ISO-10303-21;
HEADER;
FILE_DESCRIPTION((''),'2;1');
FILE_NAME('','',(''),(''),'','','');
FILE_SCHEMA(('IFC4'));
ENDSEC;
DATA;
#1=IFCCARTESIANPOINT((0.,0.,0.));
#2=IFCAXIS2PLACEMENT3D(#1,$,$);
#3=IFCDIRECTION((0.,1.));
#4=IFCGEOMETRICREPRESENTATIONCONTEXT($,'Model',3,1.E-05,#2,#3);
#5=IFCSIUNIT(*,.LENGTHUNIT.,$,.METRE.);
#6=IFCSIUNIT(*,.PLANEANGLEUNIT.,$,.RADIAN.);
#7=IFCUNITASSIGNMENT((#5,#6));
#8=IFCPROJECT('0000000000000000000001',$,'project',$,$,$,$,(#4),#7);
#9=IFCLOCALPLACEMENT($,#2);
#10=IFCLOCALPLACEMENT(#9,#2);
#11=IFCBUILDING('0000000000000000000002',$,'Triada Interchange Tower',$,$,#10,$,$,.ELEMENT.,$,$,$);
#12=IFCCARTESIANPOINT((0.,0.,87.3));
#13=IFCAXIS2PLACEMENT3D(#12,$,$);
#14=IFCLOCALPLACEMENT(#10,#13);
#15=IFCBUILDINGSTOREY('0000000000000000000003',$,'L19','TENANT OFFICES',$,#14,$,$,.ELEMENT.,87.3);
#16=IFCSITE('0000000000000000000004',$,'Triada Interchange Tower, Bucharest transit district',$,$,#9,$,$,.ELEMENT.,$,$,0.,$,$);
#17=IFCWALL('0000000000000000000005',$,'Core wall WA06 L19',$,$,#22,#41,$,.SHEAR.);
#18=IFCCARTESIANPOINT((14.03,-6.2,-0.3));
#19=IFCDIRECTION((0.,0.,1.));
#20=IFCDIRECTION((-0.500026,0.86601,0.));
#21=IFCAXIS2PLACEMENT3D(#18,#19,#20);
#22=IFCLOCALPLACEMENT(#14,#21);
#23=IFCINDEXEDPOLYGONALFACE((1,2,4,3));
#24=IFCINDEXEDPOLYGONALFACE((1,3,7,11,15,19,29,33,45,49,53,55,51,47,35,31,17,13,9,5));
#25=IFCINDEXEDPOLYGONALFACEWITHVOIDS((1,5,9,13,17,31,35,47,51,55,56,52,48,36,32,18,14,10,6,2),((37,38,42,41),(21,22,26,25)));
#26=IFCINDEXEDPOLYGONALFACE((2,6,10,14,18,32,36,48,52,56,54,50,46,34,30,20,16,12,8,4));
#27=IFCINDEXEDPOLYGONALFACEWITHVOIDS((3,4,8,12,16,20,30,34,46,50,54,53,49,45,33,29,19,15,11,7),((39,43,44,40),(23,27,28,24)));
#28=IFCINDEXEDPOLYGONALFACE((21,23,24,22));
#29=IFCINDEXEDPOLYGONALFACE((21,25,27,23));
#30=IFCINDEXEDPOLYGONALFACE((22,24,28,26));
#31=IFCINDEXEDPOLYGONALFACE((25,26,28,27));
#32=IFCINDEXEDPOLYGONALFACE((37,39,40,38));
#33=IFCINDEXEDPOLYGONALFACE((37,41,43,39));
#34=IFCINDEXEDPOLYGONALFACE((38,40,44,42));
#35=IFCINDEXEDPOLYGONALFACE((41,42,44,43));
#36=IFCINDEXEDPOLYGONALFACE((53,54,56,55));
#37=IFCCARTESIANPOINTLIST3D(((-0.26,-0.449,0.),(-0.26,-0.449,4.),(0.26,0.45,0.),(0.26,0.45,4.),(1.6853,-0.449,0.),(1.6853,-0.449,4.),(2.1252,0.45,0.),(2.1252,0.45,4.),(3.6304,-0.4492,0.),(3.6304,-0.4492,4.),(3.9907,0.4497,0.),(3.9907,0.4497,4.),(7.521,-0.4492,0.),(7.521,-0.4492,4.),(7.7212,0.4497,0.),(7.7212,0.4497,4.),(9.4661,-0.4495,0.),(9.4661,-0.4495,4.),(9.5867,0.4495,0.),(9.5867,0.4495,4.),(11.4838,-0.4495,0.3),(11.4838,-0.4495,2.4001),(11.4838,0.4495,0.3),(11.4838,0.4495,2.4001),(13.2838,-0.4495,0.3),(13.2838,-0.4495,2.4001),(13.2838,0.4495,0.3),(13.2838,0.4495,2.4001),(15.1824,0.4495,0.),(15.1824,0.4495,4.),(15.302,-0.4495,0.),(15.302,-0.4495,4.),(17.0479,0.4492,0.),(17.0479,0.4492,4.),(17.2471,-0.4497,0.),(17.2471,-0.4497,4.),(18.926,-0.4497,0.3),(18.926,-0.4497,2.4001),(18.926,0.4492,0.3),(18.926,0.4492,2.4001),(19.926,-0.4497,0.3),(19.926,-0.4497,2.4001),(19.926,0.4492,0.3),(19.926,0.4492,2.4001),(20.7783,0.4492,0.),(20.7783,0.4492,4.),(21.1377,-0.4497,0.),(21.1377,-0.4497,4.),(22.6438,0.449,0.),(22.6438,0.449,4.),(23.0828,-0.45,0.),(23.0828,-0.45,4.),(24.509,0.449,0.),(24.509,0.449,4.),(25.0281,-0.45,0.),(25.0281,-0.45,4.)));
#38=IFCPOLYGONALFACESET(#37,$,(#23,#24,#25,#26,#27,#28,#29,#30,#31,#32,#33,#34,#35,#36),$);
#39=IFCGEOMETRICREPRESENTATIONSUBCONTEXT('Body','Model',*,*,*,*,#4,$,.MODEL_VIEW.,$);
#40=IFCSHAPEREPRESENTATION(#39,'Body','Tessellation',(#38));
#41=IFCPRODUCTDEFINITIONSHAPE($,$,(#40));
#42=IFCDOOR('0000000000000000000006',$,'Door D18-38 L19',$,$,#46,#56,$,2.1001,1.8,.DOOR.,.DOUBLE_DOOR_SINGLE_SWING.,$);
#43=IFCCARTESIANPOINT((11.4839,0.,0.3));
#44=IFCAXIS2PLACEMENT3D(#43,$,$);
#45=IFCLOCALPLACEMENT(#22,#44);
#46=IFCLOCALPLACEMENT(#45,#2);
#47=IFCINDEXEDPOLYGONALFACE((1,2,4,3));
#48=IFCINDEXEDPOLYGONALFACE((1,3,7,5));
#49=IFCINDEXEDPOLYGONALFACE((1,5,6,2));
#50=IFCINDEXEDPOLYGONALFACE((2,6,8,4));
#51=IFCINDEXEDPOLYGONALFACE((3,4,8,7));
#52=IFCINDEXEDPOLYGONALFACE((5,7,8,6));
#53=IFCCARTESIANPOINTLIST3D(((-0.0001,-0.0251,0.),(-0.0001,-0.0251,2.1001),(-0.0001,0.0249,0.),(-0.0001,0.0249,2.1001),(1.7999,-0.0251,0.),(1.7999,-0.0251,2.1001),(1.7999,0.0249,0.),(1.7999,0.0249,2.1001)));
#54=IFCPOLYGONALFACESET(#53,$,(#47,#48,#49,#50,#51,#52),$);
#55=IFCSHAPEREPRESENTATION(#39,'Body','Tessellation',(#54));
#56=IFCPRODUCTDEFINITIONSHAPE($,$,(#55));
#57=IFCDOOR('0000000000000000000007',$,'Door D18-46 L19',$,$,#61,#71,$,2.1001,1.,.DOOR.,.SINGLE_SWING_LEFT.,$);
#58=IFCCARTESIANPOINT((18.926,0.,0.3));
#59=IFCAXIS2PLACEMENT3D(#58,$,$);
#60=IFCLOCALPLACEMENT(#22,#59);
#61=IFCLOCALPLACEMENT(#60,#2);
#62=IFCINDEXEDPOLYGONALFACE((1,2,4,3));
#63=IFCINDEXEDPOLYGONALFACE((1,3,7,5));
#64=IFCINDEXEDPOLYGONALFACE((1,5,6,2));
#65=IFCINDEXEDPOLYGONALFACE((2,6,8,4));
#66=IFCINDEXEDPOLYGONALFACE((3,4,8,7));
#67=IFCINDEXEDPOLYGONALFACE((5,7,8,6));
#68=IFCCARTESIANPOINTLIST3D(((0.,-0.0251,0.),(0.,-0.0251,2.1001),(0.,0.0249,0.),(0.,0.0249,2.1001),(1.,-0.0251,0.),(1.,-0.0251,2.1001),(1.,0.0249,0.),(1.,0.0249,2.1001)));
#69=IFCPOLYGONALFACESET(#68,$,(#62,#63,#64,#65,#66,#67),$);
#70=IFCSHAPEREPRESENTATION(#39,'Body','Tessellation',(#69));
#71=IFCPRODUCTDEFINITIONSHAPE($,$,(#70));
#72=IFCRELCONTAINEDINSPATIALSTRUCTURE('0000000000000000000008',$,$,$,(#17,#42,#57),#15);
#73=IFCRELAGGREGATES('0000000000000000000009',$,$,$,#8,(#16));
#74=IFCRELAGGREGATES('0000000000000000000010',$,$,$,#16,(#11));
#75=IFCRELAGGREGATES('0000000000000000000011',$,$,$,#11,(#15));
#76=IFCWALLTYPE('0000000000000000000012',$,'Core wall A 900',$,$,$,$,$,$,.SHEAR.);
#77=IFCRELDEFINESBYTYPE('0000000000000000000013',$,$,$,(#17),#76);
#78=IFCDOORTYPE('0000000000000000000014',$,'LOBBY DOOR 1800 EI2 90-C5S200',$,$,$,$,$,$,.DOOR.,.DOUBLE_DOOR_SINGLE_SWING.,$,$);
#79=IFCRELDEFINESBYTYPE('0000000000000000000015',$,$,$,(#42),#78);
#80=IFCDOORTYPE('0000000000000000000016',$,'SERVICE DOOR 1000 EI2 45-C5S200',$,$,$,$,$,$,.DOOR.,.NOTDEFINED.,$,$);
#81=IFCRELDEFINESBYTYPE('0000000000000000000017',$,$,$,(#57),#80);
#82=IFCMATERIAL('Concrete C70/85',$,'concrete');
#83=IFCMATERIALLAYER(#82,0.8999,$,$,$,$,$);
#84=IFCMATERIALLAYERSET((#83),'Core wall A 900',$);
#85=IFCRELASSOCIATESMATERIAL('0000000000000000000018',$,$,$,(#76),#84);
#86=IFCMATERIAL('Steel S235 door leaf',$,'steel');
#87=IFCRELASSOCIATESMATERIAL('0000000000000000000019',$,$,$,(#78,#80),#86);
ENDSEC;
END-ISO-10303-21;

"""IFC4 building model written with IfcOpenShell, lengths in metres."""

from ifc_helpers import new_model, si_unit, direction, frame, frame_2d, origin, place, context, subcontext, project, spatial, polyline, rectangle, outline, extrude, material, layer, layer_set, type_object, element, fill, save


model = new_model("IFC4")

# Units and contexts
model_context = context("Model", 3, precision=1e-05, world=origin(), true_north=direction((0.0, 1.0)))
body_context = subcontext(model_context, "Body", "Model", "MODEL_VIEW")
ifc_project = project(units=[si_unit("LENGTHUNIT", "METRE"), si_unit("PLANEANGLEUNIT", "RADIAN")], contexts=[model_context])

# Site, building, storey
site_placement = place(None, origin())
site = spatial("IfcSite", under=ifc_project, at=site_placement, Name="Triada Interchange Tower, Bucharest transit district", CompositionType="ELEMENT", RefElevation=0.0)
building_placement = place(site_placement, origin())
building = spatial("IfcBuilding", under=site, at=building_placement, Name="Triada Interchange Tower", CompositionType="ELEMENT")
storey_placement = place(building_placement, frame((0.0, 0.0, 87.3)))
storey = spatial("IfcBuildingStorey", under=building, at=storey_placement, Name="L19", Description="TENANT OFFICES", CompositionType="ELEMENT", Elevation=87.3)

# Shared definitions
ifc_material_1 = material(Name="Steel S235 door leaf", Category="steel")

# Wall, openings, doors
ifc_material_2 = material(Name="Concrete C70/85", Category="concrete")
ifc_layer_1 = layer(ifc_material_2, 0.8999)
ifc_layer_set_1 = layer_set([ifc_layer_1], Name="Core wall A 900")
wall_type_1 = type_object("IfcWallType", Name="Core wall A 900", PredefinedType="SHEAR", material=ifc_layer_set_1)
wall_1_placement = place(storey_placement, frame((14.03, -6.2, -0.3), z_axis=(0.0, 0.0, 1.0), x_axis=(-0.500026, 0.86601, 0.0)))
wall_1 = element("IfcWall", 1, at=wall_1_placement, inside=storey, type_object=wall_type_1, Name="Core wall WA06 L19", PredefinedType="SHEAR", context=body_context, shape_type="SweptSolid", body=[
    extrude(outline(polyline([(-0.26, -0.449), (1.6853, -0.449), (3.6304, -0.4492), (5.5757, -0.4492), (7.521, -0.4492), (9.4661, -0.4495), (11.4114, -0.4495), (13.3567, -0.4495), (15.302, -0.4495), (17.2471, -0.4497), (19.1924, -0.4497), (21.1377, -0.4497), (23.0828, -0.45), (25.0281, -0.45), (24.509, 0.449), (22.6438, 0.449), (20.7783, 0.4492), (18.9131, 0.4492), (17.0479, 0.4492), (15.1824, 0.4495), (13.3171, 0.4495), (11.4519, 0.4495), (9.5867, 0.4495), (7.7212, 0.4497), (5.856, 0.4497), (3.9907, 0.4497), (2.1252, 0.45), (0.26, 0.45), (-0.26, -0.449)])), origin(), (0.0, 0.0, 1.0), 4.0),
])
opening_1_placement = place(wall_1_placement, frame((11.4839, 0.0, 0.3)))
opening_1 = element("IfcOpeningElement", 2, at=opening_1_placement, cuts=wall_1, PredefinedType="OPENING", context=body_context, shape_type="SweptSolid", body=[
    extrude(rectangle(XDim=1.8, YDim=2.1001, at=frame_2d((0.8999, 1.05))), frame((0.0, 0.46, 0.0), z_axis=(0.0, -1.0, 0.0), x_axis=(1.0, 0.0, 0.0)), (0.0, 0.0, 1.0), 0.9199),
])
opening_2_placement = place(wall_1_placement, frame((18.926, 0.0, 0.3)))
opening_2 = element("IfcOpeningElement", 3, at=opening_2_placement, cuts=wall_1, PredefinedType="OPENING", context=body_context, shape_type="SweptSolid", body=[
    extrude(rectangle(XDim=1.0, YDim=2.1001, at=frame_2d((0.5, 1.05))), frame((0.0, 0.46, 0.0), z_axis=(0.0, -1.0, 0.0), x_axis=(1.0, 0.0, 0.0)), (0.0, 0.0, 1.0), 0.9199),
])
door_type_1 = type_object("IfcDoorType", Name="LOBBY DOOR 1800 EI2 90-C5S200", OperationType="DOUBLE_DOOR_SINGLE_SWING", PredefinedType="DOOR", material=ifc_material_1)
door_1_placement = place(opening_1_placement, origin())
door_1 = element("IfcDoor", 4, at=door_1_placement, inside=storey, type_object=door_type_1, Name="Door D18-38 L19", OperationType="DOUBLE_DOOR_SINGLE_SWING", OverallHeight=2.1001, OverallWidth=1.8, PredefinedType="DOOR", context=body_context, shape_type="SweptSolid", body=[
    extrude(rectangle(XDim=1.8, YDim=2.1001, at=frame_2d((0.8999, 1.05))), frame((0.0, 0.0249, 0.0), z_axis=(0.0, -1.0, 0.0), x_axis=(1.0, 0.0, 0.0)), (0.0, 0.0, 1.0), 0.05),
])
fill(opening_1, door_1)
door_type_2 = type_object("IfcDoorType", Name="SERVICE DOOR 1000 EI2 45-C5S200", OperationType="NOTDEFINED", PredefinedType="DOOR", material=ifc_material_1)
door_2_placement = place(opening_2_placement, origin())
door_2 = element("IfcDoor", 5, at=door_2_placement, inside=storey, type_object=door_type_2, Name="Door D18-46 L19", OperationType="SINGLE_SWING_LEFT", OverallHeight=2.1001, OverallWidth=1.0, PredefinedType="DOOR", context=body_context, shape_type="SweptSolid", body=[
    extrude(rectangle(XDim=1.0, YDim=2.1001, at=frame_2d((0.5, 1.05))), frame((0.0, 0.0249, 0.0), z_axis=(0.0, -1.0, 0.0), x_axis=(1.0, 0.0, 0.0)), (0.0, 0.0, 1.0), 0.05),
])
fill(opening_2, door_2)

save(model, "model.ifc")
